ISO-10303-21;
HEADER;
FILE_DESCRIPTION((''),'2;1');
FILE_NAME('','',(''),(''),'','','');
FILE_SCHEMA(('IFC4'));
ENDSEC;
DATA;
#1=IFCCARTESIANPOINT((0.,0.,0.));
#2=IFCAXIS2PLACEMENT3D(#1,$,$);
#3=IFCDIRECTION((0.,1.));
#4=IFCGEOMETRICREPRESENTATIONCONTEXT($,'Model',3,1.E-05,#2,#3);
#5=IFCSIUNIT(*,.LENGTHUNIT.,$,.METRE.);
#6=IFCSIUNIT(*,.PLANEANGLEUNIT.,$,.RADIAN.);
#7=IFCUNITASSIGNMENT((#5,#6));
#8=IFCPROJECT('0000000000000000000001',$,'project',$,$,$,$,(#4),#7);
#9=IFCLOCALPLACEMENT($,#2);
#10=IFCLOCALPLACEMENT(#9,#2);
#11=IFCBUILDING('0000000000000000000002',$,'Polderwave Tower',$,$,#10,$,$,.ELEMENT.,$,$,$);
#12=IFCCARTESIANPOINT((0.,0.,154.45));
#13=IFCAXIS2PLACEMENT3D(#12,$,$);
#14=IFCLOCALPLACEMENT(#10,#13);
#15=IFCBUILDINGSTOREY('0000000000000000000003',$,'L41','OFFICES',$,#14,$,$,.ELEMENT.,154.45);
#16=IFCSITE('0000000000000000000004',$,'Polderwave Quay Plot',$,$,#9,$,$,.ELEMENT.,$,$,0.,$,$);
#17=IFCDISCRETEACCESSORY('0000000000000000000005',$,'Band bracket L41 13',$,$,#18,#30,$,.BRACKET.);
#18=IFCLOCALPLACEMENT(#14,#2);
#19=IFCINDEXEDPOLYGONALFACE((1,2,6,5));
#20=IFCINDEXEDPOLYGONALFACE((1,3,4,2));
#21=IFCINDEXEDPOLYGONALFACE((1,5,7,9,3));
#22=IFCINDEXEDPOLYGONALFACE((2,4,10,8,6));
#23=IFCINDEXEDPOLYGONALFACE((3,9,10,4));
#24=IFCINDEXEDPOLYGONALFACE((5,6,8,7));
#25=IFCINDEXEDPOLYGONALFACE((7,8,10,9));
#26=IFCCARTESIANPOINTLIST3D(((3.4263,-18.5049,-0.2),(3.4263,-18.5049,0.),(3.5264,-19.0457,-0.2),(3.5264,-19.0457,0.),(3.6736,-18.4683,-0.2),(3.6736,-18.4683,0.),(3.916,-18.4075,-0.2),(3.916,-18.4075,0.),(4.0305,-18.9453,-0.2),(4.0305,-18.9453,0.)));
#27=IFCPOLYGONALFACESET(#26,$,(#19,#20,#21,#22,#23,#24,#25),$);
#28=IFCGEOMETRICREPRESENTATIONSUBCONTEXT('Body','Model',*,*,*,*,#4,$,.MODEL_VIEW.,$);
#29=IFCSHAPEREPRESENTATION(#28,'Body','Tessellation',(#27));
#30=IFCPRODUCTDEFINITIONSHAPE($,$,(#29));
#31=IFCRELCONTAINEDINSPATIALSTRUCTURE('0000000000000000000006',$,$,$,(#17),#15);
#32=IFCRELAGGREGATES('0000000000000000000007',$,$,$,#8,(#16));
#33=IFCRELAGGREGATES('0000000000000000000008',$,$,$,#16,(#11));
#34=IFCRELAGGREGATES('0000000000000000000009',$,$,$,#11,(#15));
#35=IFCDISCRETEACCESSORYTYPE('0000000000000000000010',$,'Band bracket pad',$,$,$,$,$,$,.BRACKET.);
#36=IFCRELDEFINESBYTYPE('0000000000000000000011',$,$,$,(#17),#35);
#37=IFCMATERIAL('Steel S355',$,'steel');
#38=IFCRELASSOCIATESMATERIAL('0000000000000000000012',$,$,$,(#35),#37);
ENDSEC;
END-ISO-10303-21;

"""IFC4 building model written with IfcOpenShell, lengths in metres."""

from ifc_helpers import new_model, si_unit, direction, frame, origin, place, context, subcontext, project, spatial, polyline, outline, extrude, material, type_object, element, save


model = new_model("IFC4")

# Units and contexts
model_context = context("Model", 3, precision=1e-05, world=origin(), true_north=direction((0.0, 1.0)))
body_context = subcontext(model_context, "Body", "Model", "MODEL_VIEW")
ifc_project = project(units=[si_unit("LENGTHUNIT", "METRE"), si_unit("PLANEANGLEUNIT", "RADIAN")], contexts=[model_context])

# Site, building, storey
site_placement = place(None, origin())
site = spatial("IfcSite", under=ifc_project, at=site_placement, Name="Polderwave Quay Plot", CompositionType="ELEMENT", RefElevation=0.0)
building_placement = place(site_placement, origin())
building = spatial("IfcBuilding", under=site, at=building_placement, Name="Polderwave Tower", CompositionType="ELEMENT")
storey_placement = place(building_placement, frame((0.0, 0.0, 154.45)))
storey = spatial("IfcBuildingStorey", under=building, at=storey_placement, Name="L41", Description="OFFICES", CompositionType="ELEMENT", Elevation=154.45)

# Discrete accessory
ifc_material_1 = material(Name="Steel S355", Category="steel")
discrete_accessory_type = type_object("IfcDiscreteAccessoryType", Name="Band bracket pad", PredefinedType="BRACKET", material=ifc_material_1)
discrete_accessory_placement = place(storey_placement, frame((0.0, 0.0, -0.2)))
element("IfcDiscreteAccessory", 1, at=discrete_accessory_placement, inside=storey, type_object=discrete_accessory_type, Name="Band bracket L41 13", PredefinedType="BRACKET", context=body_context, shape_type="SweptSolid", body=[
    extrude(outline(polyline([(3.4263, -18.5049), (3.6736, -18.4683), (3.916, -18.4075), (4.0305, -18.9453), (3.5264, -19.0457), (3.4263, -18.5049)])), origin(), (0.0, 0.0, 1.0), 0.2),
])

save(model, "model.ifc")
